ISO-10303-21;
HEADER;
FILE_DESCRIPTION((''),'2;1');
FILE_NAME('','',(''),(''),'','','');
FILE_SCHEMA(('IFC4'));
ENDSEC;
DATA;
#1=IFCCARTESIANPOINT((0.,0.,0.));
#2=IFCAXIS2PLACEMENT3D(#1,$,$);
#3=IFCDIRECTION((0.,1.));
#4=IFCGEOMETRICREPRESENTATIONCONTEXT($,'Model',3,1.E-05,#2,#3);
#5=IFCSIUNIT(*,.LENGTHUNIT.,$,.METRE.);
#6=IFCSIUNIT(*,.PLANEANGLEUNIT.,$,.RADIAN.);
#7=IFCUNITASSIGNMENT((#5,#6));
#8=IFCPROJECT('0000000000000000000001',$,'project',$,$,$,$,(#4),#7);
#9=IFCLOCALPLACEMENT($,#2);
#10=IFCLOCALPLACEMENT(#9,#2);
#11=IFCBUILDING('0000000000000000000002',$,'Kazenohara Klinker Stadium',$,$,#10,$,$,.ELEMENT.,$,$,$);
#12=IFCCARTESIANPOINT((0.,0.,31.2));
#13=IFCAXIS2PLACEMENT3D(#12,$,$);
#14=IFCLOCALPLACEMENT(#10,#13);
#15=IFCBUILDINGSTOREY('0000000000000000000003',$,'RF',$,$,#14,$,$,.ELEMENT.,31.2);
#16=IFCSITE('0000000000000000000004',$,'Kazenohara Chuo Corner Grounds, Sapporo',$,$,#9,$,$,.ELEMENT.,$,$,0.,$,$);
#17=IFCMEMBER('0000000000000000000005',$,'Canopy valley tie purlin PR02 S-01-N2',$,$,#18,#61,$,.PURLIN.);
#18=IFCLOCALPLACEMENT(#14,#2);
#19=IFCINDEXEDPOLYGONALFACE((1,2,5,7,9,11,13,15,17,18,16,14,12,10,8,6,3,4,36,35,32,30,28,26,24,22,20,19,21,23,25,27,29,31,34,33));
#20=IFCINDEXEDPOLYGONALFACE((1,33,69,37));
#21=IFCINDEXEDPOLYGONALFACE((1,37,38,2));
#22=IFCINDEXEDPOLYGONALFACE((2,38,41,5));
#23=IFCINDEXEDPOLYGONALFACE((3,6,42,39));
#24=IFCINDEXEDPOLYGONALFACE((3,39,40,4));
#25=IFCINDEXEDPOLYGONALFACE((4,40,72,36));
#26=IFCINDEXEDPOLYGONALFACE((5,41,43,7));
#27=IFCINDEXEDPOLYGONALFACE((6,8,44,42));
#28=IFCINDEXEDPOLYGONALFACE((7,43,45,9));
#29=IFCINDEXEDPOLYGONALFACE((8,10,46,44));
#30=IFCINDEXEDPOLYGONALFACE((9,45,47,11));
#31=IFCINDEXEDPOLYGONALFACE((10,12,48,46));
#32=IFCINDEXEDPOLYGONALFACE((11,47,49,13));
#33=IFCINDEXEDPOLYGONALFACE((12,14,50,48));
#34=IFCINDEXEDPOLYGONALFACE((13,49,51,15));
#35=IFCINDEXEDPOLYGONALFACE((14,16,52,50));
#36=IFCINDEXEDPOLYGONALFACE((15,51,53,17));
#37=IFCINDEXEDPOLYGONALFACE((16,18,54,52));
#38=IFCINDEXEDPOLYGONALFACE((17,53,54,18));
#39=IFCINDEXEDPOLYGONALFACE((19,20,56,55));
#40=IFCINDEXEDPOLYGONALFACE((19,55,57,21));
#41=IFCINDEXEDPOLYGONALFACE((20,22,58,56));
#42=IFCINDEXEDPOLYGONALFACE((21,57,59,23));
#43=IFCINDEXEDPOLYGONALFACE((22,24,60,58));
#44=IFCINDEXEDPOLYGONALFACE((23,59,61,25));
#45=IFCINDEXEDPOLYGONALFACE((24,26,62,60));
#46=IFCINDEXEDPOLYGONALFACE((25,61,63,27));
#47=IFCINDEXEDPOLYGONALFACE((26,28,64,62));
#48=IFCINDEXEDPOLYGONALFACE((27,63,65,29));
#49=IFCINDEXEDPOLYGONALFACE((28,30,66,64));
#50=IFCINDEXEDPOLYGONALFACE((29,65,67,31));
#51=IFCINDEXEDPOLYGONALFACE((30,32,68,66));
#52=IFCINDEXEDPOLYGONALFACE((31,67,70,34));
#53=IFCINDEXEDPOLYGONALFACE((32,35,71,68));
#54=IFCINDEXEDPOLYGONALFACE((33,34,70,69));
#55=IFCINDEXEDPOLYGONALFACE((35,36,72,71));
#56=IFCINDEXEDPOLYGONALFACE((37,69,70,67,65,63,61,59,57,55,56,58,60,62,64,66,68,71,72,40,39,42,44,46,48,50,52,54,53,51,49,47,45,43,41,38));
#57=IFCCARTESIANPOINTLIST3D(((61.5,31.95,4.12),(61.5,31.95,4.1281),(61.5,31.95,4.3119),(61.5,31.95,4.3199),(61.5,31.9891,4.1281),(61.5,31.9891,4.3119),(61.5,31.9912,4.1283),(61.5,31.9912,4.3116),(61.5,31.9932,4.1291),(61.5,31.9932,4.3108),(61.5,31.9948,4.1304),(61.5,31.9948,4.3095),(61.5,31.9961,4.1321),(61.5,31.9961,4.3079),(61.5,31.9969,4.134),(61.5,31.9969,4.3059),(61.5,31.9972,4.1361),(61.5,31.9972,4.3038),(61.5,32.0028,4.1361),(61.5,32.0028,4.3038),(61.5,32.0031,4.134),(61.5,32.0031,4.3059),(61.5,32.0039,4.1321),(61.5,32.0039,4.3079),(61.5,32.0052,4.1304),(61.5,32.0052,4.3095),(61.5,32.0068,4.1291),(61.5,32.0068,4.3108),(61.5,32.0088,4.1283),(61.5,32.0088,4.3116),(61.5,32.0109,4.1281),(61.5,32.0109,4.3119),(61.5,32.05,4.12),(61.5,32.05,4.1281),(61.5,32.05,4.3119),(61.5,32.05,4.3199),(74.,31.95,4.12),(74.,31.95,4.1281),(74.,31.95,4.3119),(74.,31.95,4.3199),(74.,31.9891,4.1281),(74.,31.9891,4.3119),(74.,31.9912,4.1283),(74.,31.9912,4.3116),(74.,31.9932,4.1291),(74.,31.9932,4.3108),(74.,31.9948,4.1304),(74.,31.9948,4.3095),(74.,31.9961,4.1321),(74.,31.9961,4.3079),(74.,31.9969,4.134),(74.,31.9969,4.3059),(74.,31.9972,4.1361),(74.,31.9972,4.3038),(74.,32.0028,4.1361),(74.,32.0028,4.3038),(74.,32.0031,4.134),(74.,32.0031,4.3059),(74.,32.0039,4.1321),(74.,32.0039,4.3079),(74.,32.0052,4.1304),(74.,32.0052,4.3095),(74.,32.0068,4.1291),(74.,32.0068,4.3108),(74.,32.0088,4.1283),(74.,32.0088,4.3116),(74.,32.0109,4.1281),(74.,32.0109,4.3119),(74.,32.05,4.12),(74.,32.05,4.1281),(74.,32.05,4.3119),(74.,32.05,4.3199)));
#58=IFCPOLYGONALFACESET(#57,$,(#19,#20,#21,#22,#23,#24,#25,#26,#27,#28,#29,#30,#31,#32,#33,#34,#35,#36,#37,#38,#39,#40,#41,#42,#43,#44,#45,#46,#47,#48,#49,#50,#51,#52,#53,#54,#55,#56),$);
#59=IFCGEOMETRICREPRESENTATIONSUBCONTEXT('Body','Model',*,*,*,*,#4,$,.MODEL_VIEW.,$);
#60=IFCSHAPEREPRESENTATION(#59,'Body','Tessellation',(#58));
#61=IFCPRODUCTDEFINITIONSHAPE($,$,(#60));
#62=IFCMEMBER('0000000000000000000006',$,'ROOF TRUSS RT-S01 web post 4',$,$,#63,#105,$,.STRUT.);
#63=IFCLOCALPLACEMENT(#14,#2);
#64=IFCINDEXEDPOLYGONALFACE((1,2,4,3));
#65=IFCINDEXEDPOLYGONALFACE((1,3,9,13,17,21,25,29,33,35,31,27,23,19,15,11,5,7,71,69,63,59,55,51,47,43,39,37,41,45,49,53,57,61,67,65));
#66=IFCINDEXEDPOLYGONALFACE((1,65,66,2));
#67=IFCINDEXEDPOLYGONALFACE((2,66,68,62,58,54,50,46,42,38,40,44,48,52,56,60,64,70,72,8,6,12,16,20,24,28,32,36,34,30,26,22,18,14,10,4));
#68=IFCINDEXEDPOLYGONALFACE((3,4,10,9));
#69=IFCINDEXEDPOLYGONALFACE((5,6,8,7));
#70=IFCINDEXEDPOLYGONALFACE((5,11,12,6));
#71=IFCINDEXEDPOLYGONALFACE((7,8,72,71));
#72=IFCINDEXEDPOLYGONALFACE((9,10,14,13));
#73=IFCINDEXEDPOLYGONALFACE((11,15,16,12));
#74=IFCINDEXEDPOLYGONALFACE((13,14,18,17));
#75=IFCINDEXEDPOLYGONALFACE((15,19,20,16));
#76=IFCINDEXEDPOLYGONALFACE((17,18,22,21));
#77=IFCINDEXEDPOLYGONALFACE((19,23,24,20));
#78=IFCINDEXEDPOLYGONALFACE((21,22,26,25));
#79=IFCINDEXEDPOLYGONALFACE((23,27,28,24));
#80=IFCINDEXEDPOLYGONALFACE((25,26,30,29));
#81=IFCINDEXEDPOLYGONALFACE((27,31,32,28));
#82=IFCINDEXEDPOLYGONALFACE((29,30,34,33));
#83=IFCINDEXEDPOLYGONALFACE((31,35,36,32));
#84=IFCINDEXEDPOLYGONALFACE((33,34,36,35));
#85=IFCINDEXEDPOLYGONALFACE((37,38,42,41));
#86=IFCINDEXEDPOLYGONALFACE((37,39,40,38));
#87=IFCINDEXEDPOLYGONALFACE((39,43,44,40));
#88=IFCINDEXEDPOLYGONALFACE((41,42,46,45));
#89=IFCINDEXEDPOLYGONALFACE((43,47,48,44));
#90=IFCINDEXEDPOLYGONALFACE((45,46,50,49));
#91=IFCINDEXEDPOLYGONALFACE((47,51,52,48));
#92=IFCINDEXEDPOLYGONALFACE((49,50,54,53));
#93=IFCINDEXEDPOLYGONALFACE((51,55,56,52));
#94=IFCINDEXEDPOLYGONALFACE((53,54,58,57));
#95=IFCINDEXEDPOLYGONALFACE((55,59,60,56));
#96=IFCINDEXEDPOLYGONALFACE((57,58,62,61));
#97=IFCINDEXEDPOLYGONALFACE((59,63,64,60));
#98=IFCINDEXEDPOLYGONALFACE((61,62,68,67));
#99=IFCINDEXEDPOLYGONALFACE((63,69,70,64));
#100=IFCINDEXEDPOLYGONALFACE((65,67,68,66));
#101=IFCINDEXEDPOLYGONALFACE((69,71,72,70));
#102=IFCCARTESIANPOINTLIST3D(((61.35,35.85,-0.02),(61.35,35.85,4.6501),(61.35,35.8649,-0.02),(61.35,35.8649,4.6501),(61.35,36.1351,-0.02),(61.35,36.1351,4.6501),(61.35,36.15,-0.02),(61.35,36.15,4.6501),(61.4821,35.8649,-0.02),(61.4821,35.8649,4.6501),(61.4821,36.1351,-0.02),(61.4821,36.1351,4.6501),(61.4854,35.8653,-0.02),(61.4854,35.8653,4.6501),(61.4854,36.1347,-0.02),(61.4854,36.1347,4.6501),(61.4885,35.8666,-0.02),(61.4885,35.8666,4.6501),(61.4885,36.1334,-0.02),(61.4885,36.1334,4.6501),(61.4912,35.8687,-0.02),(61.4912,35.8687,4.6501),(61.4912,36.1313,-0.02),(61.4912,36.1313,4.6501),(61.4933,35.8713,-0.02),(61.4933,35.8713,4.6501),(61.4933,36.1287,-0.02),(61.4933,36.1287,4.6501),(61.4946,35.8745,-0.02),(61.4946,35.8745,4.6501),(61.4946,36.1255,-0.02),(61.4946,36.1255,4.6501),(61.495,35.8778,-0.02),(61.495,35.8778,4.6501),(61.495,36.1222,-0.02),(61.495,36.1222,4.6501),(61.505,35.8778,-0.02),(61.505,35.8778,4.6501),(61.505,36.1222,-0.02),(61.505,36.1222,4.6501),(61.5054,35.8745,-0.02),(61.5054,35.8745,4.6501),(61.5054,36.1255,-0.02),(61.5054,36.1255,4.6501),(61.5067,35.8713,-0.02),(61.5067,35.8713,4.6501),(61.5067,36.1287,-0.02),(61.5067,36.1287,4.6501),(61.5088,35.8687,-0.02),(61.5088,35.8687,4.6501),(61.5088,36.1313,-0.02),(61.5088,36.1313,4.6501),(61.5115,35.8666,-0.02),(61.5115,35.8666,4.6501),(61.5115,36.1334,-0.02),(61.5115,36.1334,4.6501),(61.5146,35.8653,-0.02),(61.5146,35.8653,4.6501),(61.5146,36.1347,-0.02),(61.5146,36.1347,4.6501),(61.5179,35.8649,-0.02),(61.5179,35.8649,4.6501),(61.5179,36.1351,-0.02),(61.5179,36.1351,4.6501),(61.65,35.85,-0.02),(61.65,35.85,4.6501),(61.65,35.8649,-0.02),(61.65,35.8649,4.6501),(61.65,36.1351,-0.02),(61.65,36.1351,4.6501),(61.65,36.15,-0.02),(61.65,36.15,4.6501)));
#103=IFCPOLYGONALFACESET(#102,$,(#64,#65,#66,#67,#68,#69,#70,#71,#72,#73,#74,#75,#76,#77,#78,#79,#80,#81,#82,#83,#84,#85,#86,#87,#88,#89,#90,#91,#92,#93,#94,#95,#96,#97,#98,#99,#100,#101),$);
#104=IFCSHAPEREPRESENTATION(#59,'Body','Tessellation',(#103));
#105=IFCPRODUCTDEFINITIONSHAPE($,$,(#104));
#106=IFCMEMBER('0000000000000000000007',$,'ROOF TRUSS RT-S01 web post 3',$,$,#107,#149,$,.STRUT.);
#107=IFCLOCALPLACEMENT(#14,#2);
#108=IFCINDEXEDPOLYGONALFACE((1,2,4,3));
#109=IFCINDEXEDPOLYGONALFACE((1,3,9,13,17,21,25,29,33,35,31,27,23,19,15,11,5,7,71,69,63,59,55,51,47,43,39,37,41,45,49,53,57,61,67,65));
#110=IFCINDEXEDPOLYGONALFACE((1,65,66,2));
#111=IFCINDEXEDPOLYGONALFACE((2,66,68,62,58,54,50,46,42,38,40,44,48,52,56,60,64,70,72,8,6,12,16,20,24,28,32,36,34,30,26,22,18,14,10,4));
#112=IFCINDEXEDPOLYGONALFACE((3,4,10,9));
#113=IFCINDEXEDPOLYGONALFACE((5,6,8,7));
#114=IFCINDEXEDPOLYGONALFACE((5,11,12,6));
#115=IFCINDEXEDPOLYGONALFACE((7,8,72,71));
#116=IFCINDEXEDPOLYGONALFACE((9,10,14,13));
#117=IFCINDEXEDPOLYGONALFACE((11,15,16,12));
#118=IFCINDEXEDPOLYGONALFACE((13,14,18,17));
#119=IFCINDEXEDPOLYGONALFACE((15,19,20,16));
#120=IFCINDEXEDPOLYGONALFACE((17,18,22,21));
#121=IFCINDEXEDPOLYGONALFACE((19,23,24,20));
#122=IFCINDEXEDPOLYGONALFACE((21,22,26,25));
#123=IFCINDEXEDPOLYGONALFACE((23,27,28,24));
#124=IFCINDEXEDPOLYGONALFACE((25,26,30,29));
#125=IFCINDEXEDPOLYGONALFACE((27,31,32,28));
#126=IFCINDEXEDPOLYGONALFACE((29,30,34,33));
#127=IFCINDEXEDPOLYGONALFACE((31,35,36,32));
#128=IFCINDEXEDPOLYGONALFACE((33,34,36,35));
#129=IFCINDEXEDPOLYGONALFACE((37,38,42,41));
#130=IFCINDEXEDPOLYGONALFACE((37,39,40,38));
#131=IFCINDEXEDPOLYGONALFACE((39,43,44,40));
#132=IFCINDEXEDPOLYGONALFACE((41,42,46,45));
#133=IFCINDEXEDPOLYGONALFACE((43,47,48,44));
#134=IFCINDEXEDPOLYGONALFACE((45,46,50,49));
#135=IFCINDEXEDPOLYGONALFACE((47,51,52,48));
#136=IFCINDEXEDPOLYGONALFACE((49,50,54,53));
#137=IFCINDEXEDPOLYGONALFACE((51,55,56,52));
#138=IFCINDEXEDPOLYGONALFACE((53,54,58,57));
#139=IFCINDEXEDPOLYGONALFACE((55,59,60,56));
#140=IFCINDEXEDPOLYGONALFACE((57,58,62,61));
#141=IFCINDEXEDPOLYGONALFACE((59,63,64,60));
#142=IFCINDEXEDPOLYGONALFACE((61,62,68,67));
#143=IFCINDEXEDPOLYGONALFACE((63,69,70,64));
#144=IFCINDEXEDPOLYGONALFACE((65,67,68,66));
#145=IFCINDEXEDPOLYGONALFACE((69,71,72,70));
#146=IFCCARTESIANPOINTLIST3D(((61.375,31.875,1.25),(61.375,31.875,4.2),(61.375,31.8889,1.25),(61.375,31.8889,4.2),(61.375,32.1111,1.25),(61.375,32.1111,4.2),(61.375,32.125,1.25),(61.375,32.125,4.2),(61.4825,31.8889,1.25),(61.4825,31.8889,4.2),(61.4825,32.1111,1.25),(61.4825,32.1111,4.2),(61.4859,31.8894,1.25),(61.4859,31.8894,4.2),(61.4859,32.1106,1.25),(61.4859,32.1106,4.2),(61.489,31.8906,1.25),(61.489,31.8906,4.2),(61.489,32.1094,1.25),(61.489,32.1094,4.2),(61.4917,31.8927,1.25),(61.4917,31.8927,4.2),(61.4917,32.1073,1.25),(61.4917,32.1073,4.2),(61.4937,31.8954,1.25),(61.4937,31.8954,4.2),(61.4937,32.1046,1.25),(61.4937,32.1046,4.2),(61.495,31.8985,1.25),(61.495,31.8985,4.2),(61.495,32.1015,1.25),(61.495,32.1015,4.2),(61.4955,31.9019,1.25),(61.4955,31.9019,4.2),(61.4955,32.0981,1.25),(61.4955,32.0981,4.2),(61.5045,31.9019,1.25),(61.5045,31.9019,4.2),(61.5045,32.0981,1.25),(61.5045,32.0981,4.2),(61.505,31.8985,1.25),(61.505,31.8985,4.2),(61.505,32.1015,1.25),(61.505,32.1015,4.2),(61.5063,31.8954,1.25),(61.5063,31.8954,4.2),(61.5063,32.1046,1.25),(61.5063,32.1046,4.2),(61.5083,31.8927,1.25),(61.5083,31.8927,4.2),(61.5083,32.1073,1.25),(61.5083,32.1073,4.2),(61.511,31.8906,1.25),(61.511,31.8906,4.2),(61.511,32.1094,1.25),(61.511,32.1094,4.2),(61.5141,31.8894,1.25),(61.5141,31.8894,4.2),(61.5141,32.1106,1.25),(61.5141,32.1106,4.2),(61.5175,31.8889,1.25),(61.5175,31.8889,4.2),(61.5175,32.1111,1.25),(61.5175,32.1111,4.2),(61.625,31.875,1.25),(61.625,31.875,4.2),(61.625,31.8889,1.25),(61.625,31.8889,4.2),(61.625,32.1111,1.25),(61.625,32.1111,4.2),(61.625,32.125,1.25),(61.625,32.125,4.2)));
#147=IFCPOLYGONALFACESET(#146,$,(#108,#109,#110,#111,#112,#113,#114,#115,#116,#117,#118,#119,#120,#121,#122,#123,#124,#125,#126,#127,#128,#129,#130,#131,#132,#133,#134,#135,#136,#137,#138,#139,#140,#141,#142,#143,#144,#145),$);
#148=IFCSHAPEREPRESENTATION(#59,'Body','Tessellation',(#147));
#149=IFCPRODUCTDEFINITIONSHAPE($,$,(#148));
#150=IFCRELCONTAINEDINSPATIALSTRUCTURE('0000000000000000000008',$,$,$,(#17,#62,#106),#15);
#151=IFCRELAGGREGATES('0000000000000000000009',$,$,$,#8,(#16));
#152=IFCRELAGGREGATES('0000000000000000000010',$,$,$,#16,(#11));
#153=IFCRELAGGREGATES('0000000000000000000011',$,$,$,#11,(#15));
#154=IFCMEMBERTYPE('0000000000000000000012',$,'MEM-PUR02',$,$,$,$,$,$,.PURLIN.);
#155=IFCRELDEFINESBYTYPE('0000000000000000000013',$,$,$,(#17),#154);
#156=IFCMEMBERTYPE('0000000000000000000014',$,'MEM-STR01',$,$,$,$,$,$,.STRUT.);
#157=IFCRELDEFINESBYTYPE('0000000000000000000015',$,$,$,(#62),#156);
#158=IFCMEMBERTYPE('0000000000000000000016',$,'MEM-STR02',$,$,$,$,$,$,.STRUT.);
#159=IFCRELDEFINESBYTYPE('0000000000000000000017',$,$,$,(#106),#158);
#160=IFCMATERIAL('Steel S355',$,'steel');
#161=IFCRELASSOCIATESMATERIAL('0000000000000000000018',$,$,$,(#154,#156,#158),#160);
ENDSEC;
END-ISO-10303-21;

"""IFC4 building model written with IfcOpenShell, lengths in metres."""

from ifc_helpers import new_model, si_unit, direction, frame, origin, origin_2d, place, context, subcontext, project, spatial, i_section, extrude, material, material_profile, profile_set, type_object, element, save


model = new_model("IFC4")

# Units and contexts
model_context = context("Model", 3, precision=1e-05, world=origin(), true_north=direction((0.0, 1.0)))
body_context = subcontext(model_context, "Body", "Model", "MODEL_VIEW")
ifc_project = project(units=[si_unit("LENGTHUNIT", "METRE"), si_unit("PLANEANGLEUNIT", "RADIAN")], contexts=[model_context])

# Site, building, storey
site_placement = place(None, origin())
site = spatial("IfcSite", under=ifc_project, at=site_placement, Name="Kazenohara Chuo Corner Grounds, Sapporo", CompositionType="ELEMENT", RefElevation=0.0)
building_placement = place(site_placement, origin())
building = spatial("IfcBuilding", under=site, at=building_placement, Name="Kazenohara Klinker Stadium", CompositionType="ELEMENT")
storey_placement = place(building_placement, frame((0.0, 0.0, 31.2)))
storey = spatial("IfcBuildingStorey", under=building, at=storey_placement, Name="RF", CompositionType="ELEMENT", Elevation=31.2)

# Members
ifc_material_1 = material(Name="Steel S355", Category="steel")
ifc_material_profile_1 = material_profile(ifc_material_1, i_section(OverallWidth=0.1001, OverallDepth=0.2, WebThickness=0.0056, FlangeThickness=0.0081, FilletRadius=0.0081, at=origin_2d()), Name="H-200x100x5.5x8")
ifc_profile_set_1 = profile_set([ifc_material_profile_1], Name="Steel S355")
member_type_1 = type_object("IfcMemberType", Name="MEM-PUR02", PredefinedType="PURLIN", material=ifc_profile_set_1)
member_1_placement = place(storey_placement, frame((61.5, 32.0, 4.22), z_axis=(1.0, 0.0, 0.0), x_axis=(0.0, 1.0, 0.0)))
element("IfcMember", 1, at=member_1_placement, inside=storey, type_object=member_type_1, Name="Canopy valley tie purlin PR02 S-01-N2", PredefinedType="PURLIN", context=body_context, shape_type="SweptSolid", body=[
    extrude(i_section(OverallWidth=0.1001, OverallDepth=0.2, WebThickness=0.0056, FlangeThickness=0.0081, FilletRadius=0.0081, at=origin_2d()), origin(), (0.0, 0.0, 1.0), 12.5),
])
ifc_material_profile_2 = material_profile(ifc_material_1, i_section(OverallWidth=0.3, OverallDepth=0.3, WebThickness=0.01, FlangeThickness=0.0149, FilletRadius=0.0129, at=origin_2d()), Name="H-300x300x10x15")
ifc_profile_set_2 = profile_set([ifc_material_profile_2], Name="Steel S355")
member_type_2 = type_object("IfcMemberType", Name="MEM-STR01", PredefinedType="STRUT", material=ifc_profile_set_2)
member_2_placement = place(storey_placement, frame((61.5, 36.0, -0.02), z_axis=(0.0, 0.0, 1.0), x_axis=(1.0, 0.0, 0.0)))
element("IfcMember", 2, at=member_2_placement, inside=storey, type_object=member_type_2, Name="ROOF TRUSS RT-S01 web post 4", PredefinedType="STRUT", context=body_context, shape_type="SweptSolid", body=[
    extrude(i_section(OverallWidth=0.3, OverallDepth=0.3, WebThickness=0.01, FlangeThickness=0.0149, FilletRadius=0.0129, at=origin_2d()), origin(), (0.0, 0.0, 1.0), 4.6702),
])
ifc_material_profile_3 = material_profile(ifc_material_1, i_section(OverallWidth=0.25, OverallDepth=0.25, WebThickness=0.009, FlangeThickness=0.0139, FilletRadius=0.0129, at=origin_2d()), Name="H-250x250x9x14")
ifc_profile_set_3 = profile_set([ifc_material_profile_3], Name="Steel S355")
member_type_3 = type_object("IfcMemberType", Name="MEM-STR02", PredefinedType="STRUT", material=ifc_profile_set_3)
member_3_placement = place(storey_placement, frame((61.5, 32.0, 1.25), z_axis=(0.0, 0.0, 1.0), x_axis=(1.0, 0.0, 0.0)))
element("IfcMember", 3, at=member_3_placement, inside=storey, type_object=member_type_3, Name="ROOF TRUSS RT-S01 web post 3", PredefinedType="STRUT", context=body_context, shape_type="SweptSolid", body=[
    extrude(i_section(OverallWidth=0.25, OverallDepth=0.25, WebThickness=0.009, FlangeThickness=0.0139, FilletRadius=0.0129, at=origin_2d()), origin(), (0.0, 0.0, 1.0), 2.95),
])

save(model, "model.ifc")
